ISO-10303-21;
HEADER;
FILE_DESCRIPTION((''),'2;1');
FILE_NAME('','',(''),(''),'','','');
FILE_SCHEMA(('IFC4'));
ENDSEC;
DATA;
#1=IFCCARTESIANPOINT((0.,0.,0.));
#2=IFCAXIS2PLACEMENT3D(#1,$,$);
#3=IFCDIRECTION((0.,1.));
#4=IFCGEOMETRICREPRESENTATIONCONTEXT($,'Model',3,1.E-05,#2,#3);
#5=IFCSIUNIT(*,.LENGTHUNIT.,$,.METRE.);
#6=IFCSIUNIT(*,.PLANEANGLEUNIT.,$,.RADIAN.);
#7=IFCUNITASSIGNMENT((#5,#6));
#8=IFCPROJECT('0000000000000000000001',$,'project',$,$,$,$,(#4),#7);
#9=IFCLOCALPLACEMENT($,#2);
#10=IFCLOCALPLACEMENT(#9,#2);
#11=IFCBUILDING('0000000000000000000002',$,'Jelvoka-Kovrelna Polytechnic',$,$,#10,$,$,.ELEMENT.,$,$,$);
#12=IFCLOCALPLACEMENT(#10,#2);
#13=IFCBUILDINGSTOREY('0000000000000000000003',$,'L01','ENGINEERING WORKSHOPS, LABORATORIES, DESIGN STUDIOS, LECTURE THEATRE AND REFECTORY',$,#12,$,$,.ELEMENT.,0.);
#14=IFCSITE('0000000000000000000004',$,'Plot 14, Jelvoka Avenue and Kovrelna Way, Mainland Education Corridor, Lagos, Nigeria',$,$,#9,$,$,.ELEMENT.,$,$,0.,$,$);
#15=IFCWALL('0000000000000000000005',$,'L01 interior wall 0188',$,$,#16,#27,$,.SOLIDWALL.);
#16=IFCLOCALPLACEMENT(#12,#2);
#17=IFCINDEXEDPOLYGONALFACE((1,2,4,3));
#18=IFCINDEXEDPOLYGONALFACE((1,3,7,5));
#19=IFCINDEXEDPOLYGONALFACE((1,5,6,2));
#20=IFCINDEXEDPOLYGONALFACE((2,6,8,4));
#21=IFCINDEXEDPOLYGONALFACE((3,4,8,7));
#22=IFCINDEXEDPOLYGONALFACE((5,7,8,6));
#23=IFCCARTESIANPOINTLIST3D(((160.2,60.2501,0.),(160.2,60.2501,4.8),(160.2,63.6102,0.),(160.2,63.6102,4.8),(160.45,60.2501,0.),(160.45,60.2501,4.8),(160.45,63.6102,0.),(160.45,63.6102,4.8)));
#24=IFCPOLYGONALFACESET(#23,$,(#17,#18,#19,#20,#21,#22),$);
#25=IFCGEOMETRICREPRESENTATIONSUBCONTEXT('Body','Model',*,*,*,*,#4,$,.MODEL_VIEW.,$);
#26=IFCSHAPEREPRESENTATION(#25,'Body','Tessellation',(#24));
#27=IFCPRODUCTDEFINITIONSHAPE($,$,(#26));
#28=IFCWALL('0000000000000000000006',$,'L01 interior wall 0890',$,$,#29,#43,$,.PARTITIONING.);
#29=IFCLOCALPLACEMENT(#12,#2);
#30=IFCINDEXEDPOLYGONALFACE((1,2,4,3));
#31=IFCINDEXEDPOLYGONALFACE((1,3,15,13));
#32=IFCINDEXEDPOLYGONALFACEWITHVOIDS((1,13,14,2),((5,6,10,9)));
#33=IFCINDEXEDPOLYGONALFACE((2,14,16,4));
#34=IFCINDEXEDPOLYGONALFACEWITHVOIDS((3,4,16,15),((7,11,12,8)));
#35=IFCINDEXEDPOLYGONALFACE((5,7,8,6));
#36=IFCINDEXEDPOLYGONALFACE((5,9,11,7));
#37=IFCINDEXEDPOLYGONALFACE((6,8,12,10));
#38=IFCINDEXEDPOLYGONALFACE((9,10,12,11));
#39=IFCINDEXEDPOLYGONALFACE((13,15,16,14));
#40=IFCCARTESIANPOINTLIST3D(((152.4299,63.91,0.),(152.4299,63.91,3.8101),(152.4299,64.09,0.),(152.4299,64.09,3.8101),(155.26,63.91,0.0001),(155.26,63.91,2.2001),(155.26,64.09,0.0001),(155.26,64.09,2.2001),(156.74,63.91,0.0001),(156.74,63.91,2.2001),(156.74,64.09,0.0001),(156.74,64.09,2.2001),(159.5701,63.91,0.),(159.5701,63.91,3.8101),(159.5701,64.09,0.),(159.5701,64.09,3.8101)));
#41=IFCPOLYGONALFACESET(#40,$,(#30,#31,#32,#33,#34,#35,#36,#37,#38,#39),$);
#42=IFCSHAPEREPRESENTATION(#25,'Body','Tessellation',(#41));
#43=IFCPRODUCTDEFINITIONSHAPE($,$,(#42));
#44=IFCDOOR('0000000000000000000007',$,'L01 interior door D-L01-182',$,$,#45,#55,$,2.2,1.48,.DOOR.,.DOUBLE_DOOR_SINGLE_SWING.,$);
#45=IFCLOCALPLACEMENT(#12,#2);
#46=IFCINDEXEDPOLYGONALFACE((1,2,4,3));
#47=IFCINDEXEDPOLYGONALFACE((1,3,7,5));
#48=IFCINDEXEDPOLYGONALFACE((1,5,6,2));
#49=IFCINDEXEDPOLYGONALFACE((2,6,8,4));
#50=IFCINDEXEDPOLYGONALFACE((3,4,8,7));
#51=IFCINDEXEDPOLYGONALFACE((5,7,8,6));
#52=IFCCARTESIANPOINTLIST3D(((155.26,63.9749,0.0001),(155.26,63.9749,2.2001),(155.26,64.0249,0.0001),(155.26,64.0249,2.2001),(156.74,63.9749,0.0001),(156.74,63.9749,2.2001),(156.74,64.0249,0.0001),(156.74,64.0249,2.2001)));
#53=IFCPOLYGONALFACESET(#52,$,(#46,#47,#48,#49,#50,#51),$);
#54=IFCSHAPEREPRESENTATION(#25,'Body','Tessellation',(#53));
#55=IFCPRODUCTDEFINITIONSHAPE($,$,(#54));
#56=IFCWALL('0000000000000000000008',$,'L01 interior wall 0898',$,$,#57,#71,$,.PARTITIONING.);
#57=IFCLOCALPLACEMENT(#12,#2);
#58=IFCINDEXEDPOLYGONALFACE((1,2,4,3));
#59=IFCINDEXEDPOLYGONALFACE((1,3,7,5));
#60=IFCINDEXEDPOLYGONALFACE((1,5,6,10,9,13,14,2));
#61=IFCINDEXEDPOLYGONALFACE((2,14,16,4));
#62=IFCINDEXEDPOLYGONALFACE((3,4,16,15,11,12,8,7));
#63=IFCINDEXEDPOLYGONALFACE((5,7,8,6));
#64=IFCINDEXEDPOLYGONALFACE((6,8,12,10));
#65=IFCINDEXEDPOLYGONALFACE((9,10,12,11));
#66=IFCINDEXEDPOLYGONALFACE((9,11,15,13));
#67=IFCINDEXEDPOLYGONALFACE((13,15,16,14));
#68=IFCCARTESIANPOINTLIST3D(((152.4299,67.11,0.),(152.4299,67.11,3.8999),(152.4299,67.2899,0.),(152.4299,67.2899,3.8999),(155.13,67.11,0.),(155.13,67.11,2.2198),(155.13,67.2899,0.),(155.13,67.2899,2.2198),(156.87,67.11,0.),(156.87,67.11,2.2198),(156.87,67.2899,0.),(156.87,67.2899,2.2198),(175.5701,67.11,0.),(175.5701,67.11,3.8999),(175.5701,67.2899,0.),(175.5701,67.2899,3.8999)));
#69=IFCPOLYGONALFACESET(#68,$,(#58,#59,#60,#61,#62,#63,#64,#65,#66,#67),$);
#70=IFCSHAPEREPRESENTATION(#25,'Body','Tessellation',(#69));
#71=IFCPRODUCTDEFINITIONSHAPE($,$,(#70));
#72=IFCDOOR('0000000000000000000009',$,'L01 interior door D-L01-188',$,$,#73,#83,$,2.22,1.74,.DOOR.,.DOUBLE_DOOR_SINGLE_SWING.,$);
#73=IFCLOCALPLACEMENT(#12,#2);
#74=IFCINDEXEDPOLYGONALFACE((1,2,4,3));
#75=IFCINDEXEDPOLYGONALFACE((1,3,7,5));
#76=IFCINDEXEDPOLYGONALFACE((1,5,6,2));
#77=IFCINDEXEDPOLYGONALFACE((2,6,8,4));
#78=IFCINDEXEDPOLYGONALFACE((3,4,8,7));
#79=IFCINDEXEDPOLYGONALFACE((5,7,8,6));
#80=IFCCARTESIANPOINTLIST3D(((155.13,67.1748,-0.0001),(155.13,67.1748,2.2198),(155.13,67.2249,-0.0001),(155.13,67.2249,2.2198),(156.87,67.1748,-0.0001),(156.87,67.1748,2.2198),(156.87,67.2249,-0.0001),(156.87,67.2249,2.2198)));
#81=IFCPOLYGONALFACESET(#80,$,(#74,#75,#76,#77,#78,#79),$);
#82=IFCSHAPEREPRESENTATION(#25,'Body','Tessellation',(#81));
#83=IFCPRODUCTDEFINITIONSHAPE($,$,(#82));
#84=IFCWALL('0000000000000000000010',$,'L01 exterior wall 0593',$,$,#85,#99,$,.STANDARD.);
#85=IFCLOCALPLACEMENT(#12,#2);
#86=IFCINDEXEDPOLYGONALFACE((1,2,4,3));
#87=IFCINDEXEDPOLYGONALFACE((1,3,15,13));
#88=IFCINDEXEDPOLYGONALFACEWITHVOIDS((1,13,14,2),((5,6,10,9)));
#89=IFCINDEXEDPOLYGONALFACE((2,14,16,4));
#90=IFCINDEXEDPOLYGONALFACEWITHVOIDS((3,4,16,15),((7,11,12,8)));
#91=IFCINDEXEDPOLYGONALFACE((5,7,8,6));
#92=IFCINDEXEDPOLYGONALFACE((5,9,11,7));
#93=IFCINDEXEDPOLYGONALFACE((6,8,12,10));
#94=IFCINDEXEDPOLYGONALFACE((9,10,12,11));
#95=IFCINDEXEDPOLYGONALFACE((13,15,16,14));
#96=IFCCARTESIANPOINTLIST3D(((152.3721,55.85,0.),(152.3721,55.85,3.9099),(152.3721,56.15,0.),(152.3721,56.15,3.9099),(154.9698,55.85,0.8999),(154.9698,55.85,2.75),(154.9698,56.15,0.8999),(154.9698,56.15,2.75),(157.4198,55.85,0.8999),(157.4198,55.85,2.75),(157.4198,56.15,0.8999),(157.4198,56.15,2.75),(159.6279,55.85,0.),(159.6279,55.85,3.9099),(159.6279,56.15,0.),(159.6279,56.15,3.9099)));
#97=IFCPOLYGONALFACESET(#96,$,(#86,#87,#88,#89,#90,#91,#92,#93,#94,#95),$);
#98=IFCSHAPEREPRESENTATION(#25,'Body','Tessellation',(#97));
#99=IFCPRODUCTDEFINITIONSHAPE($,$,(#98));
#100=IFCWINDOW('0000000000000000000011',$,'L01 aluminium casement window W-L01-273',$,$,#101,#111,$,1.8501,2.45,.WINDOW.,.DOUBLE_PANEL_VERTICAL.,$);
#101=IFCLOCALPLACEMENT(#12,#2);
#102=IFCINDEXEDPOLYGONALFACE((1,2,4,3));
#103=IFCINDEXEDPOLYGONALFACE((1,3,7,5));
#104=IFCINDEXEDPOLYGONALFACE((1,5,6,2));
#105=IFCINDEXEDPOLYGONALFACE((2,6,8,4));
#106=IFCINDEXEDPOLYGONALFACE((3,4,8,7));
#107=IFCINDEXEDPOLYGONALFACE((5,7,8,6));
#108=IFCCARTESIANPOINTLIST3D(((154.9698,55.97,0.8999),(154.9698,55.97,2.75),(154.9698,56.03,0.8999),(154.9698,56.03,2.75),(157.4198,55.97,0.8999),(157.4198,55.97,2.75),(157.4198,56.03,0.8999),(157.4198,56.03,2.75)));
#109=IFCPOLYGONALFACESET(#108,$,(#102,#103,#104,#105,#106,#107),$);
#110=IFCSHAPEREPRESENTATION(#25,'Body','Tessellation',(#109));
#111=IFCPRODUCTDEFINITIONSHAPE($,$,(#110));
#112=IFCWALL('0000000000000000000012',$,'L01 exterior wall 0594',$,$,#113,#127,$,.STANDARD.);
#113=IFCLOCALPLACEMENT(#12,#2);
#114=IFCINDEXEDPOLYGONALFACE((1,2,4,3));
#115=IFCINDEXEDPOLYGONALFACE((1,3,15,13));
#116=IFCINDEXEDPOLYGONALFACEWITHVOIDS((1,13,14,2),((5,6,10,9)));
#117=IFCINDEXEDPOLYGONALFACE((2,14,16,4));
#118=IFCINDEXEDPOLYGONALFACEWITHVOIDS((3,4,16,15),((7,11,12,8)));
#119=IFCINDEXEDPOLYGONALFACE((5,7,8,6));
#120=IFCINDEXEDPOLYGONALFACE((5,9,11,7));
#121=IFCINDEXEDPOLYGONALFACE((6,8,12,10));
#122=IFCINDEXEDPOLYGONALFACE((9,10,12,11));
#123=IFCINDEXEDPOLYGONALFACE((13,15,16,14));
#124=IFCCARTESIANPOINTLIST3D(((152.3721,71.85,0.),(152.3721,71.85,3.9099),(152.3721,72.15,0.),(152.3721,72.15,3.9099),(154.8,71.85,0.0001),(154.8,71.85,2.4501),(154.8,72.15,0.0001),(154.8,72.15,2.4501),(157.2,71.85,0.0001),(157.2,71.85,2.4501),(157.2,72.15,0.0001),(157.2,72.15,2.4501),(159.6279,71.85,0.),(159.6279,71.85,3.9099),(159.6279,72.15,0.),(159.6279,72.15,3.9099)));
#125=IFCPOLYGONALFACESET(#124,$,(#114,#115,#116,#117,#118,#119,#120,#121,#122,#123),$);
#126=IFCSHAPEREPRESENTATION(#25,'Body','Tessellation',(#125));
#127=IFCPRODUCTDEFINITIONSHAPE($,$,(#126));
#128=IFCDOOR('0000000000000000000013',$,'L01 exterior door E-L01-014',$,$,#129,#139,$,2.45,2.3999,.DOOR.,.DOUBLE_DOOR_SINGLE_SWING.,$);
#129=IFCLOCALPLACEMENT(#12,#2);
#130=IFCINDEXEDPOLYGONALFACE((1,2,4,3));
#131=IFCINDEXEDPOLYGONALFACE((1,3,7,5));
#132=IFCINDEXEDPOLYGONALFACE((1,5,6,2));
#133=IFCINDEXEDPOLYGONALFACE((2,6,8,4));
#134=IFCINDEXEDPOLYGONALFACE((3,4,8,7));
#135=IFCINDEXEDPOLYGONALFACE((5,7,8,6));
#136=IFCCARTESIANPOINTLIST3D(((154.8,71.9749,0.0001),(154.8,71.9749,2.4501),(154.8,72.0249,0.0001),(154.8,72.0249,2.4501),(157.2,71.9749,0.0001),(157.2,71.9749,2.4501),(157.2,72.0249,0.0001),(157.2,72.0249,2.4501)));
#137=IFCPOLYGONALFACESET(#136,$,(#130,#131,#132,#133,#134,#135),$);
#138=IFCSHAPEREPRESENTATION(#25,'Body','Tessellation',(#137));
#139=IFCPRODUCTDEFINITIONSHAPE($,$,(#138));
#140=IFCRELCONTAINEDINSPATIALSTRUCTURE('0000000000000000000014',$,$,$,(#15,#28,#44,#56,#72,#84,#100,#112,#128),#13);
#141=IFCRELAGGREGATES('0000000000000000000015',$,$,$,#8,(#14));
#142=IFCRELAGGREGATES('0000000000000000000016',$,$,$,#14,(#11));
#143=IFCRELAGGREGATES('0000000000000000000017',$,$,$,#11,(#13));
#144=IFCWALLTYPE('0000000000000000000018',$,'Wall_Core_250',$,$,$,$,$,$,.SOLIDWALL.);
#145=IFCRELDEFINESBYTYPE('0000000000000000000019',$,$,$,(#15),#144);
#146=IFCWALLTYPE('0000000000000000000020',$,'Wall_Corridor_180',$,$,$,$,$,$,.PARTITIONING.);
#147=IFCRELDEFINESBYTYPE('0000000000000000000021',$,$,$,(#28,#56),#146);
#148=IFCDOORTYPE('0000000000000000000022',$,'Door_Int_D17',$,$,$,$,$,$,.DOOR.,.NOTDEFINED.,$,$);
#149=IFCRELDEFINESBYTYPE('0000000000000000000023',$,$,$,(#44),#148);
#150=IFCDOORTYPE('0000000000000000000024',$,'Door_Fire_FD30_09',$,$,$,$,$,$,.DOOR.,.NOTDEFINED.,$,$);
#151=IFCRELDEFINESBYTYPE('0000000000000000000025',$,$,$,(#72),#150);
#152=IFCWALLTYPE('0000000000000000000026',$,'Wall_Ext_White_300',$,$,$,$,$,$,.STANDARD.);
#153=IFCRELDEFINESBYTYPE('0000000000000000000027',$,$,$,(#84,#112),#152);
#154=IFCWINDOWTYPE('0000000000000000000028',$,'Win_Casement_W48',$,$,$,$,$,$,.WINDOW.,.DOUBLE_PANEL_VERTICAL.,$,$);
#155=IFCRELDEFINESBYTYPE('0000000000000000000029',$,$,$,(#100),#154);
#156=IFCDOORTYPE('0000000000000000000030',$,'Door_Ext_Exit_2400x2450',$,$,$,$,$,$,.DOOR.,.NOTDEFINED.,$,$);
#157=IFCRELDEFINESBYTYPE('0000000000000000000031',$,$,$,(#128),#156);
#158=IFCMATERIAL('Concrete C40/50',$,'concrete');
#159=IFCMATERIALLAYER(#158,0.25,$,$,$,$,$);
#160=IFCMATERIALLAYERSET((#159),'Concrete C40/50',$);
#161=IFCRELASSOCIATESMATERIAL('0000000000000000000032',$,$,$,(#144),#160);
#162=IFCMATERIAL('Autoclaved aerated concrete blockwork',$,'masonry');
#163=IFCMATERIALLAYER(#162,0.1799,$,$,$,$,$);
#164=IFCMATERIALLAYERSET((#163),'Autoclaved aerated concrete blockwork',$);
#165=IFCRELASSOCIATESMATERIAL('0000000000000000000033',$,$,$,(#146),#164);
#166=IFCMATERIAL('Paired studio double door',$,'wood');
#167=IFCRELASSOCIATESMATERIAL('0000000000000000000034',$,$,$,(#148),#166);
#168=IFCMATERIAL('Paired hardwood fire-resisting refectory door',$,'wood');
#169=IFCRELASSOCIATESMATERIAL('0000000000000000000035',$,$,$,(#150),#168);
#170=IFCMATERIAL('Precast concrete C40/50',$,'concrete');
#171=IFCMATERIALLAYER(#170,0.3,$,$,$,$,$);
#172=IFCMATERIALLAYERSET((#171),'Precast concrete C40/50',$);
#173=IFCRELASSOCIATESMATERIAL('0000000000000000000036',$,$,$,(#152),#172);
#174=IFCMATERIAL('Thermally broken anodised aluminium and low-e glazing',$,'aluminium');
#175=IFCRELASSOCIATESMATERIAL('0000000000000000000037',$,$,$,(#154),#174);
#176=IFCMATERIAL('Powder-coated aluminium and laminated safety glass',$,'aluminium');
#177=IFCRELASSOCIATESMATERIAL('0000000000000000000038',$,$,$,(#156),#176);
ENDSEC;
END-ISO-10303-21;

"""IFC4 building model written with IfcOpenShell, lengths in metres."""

from ifc_helpers import new_model, si_unit, direction, frame, frame_2d, origin, place, context, subcontext, project, spatial, rectangle, extrude, material, layer, layer_set, type_object, element, fill, save


model = new_model("IFC4")

# Units and contexts
model_context = context("Model", 3, precision=1e-05, world=origin(), true_north=direction((0.0, 1.0)))
body_context = subcontext(model_context, "Body", "Model", "MODEL_VIEW")
ifc_project = project(units=[si_unit("LENGTHUNIT", "METRE"), si_unit("PLANEANGLEUNIT", "RADIAN")], contexts=[model_context])

# Site, building, storey
site_placement = place(None, origin())
site = spatial("IfcSite", under=ifc_project, at=site_placement, Name="Plot 14, Jelvoka Avenue and Kovrelna Way, Mainland Education Corridor, Lagos, Nigeria", CompositionType="ELEMENT", RefElevation=0.0)
building_placement = place(site_placement, origin())
building = spatial("IfcBuilding", under=site, at=building_placement, Name="Jelvoka-Kovrelna Polytechnic", CompositionType="ELEMENT")
storey_placement = place(building_placement, origin())
storey = spatial("IfcBuildingStorey", under=building, at=storey_placement, Name="L01", Description="ENGINEERING WORKSHOPS, LABORATORIES, DESIGN STUDIOS, LECTURE THEATRE AND REFECTORY", CompositionType="ELEMENT", Elevation=0.0)

# Shared definitions
ifc_material_1 = material(Name="Concrete C40/50", Category="concrete")
ifc_layer_1 = layer(ifc_material_1, 0.25)
ifc_layer_set_1 = layer_set([ifc_layer_1], Name="Concrete C40/50")
wall_type_1 = type_object("IfcWallType", Name="Wall_Core_250", PredefinedType="SOLIDWALL", material=ifc_layer_set_1)

# Wall
wall_1_placement = place(storey_placement, frame((160.325, 60.25, 0.0), z_axis=(0.0, 0.0, 1.0), x_axis=(0.0, 1.0, 0.0)))
element("IfcWall", 1, at=wall_1_placement, inside=storey, type_object=wall_type_1, Name="L01 interior wall 0188", PredefinedType="SOLIDWALL", context=body_context, shape_type="SweptSolid", body=[
    extrude(rectangle(XDim=3.3601, YDim=0.25, at=frame_2d((1.6802, 0.0))), origin(), (0.0, 0.0, 1.0), 4.8),
])

# Walls, openings, doors
ifc_material_2 = material(Name="Autoclaved aerated concrete blockwork", Category="masonry")
ifc_layer_2 = layer(ifc_material_2, 0.1799)
ifc_layer_set_2 = layer_set([ifc_layer_2], Name="Autoclaved aerated concrete blockwork")
wall_type_2 = type_object("IfcWallType", Name="Wall_Corridor_180", PredefinedType="PARTITIONING", material=ifc_layer_set_2)
wall_2_placement = place(storey_placement, frame((152.4299, 64.0, 0.0), z_axis=(0.0, 0.0, 1.0), x_axis=(1.0, 0.0, 0.0)))
wall_2 = element("IfcWall", 2, at=wall_2_placement, inside=storey, type_object=wall_type_2, Name="L01 interior wall 0890", PredefinedType="PARTITIONING", context=body_context, shape_type="SweptSolid", body=[
    extrude(rectangle(XDim=7.1401, YDim=0.1799, at=frame_2d((3.5701, 0.0))), origin(), (0.0, 0.0, 1.0), 3.8101),
])
opening_1_placement = place(wall_2_placement, frame((2.8301, 0.0, 0.0)))
opening_1 = element("IfcOpeningElement", 3, at=opening_1_placement, cuts=wall_2, PredefinedType="OPENING", context=body_context, shape_type="SweptSolid", body=[
    extrude(rectangle(XDim=1.48, YDim=2.2, at=frame_2d((0.74, 1.1001))), frame((0.0, 0.0999, 0.0), z_axis=(0.0, -1.0, 0.0), x_axis=(1.0, 0.0, 0.0)), (0.0, 0.0, 1.0), 0.2),
])
ifc_material_3 = material(Name="Paired studio double door", Category="wood")
door_type_1 = type_object("IfcDoorType", Name="Door_Int_D17", OperationType="NOTDEFINED", PredefinedType="DOOR", material=ifc_material_3)
door_1_placement = place(opening_1_placement, origin())
door_1 = element("IfcDoor", 4, at=door_1_placement, inside=storey, type_object=door_type_1, Name="L01 interior door D-L01-182", OperationType="DOUBLE_DOOR_SINGLE_SWING", OverallHeight=2.2, OverallWidth=1.48, PredefinedType="DOOR", context=body_context, shape_type="SweptSolid", body=[
    extrude(rectangle(XDim=1.48, YDim=2.2, at=frame_2d((0.74, 1.1001))), frame((0.0, 0.0249, 0.0), z_axis=(0.0, -1.0, 0.0), x_axis=(1.0, 0.0, 0.0)), (0.0, 0.0, 1.0), 0.05),
])
fill(opening_1, door_1)
wall_3_placement = place(storey_placement, frame((152.4299, 67.2, 0.0), z_axis=(0.0, 0.0, 1.0), x_axis=(1.0, 0.0, 0.0)))
wall_3 = element("IfcWall", 5, at=wall_3_placement, inside=storey, type_object=wall_type_2, Name="L01 interior wall 0898", PredefinedType="PARTITIONING", context=body_context, shape_type="SweptSolid", body=[
    extrude(rectangle(XDim=23.1401, YDim=0.1799, at=frame_2d((11.5701, 0.0))), origin(), (0.0, 0.0, 1.0), 3.8999),
])
opening_2_placement = place(wall_3_placement, frame((2.7, 0.0, 0.0)))
opening_2 = element("IfcOpeningElement", 6, at=opening_2_placement, cuts=wall_3, PredefinedType="OPENING", context=body_context, shape_type="SweptSolid", body=[
    extrude(rectangle(XDim=1.74, YDim=2.22, at=frame_2d((0.8701, 1.1099))), frame((0.0, 0.0999, 0.0), z_axis=(0.0, -1.0, 0.0), x_axis=(1.0, 0.0, 0.0)), (0.0, 0.0, 1.0), 0.2),
])
ifc_material_4 = material(Name="Paired hardwood fire-resisting refectory door", Category="wood")
door_type_2 = type_object("IfcDoorType", Name="Door_Fire_FD30_09", OperationType="NOTDEFINED", PredefinedType="DOOR", material=ifc_material_4)
door_2_placement = place(opening_2_placement, origin())
door_2 = element("IfcDoor", 7, at=door_2_placement, inside=storey, type_object=door_type_2, Name="L01 interior door D-L01-188", OperationType="DOUBLE_DOOR_SINGLE_SWING", OverallHeight=2.22, OverallWidth=1.74, PredefinedType="DOOR", context=body_context, shape_type="SweptSolid", body=[
    extrude(rectangle(XDim=1.74, YDim=2.22, at=frame_2d((0.8701, 1.1099))), frame((0.0, 0.0249, 0.0), z_axis=(0.0, -1.0, 0.0), x_axis=(1.0, 0.0, 0.0)), (0.0, 0.0, 1.0), 0.05),
])
fill(opening_2, door_2)

# Wall, opening, window
ifc_material_5 = material(Name="Precast concrete C40/50", Category="concrete")
ifc_layer_3 = layer(ifc_material_5, 0.3)
ifc_layer_set_3 = layer_set([ifc_layer_3], Name="Precast concrete C40/50")
wall_type_3 = type_object("IfcWallType", Name="Wall_Ext_White_300", PredefinedType="STANDARD", material=ifc_layer_set_3)
wall_4_placement = place(storey_placement, frame((159.6279, 56.0, 0.0), z_axis=(0.0, 0.0, 1.0), x_axis=(-1.0, 0.0, 0.0)))
wall_4 = element("IfcWall", 8, at=wall_4_placement, inside=storey, type_object=wall_type_3, Name="L01 exterior wall 0593", PredefinedType="STANDARD", context=body_context, shape_type="SweptSolid", body=[
    extrude(rectangle(XDim=7.2559, YDim=0.3, at=frame_2d((3.6279, 0.0))), origin(), (0.0, 0.0, 1.0), 3.9099),
])
opening_3_placement = place(wall_4_placement, frame((2.208, 0.0, 0.8999)))
opening_3 = element("IfcOpeningElement", 9, at=opening_3_placement, cuts=wall_4, PredefinedType="OPENING", context=body_context, shape_type="SweptSolid", body=[
    extrude(rectangle(XDim=2.45, YDim=1.8501, at=frame_2d((1.2251, 0.925))), frame((0.0, 0.1599, 0.0), z_axis=(0.0, -1.0, 0.0), x_axis=(1.0, 0.0, 0.0)), (0.0, 0.0, 1.0), 0.3201),
])
ifc_material_6 = material(Name="Thermally broken anodised aluminium and low-e glazing", Category="aluminium")
window_type_1 = type_object("IfcWindowType", Name="Win_Casement_W48", PartitioningType="DOUBLE_PANEL_VERTICAL", PredefinedType="WINDOW", material=ifc_material_6)
window_1_placement = place(opening_3_placement, origin())
window_1 = element("IfcWindow", 10, at=window_1_placement, inside=storey, type_object=window_type_1, Name="L01 aluminium casement window W-L01-273", OverallHeight=1.8501, OverallWidth=2.45, PartitioningType="DOUBLE_PANEL_VERTICAL", PredefinedType="WINDOW", context=body_context, shape_type="SweptSolid", body=[
    extrude(rectangle(XDim=2.45, YDim=1.8501, at=frame_2d((1.2251, 0.925))), frame((0.0, 0.03, 0.0), z_axis=(0.0, -1.0, 0.0), x_axis=(1.0, 0.0, 0.0)), (0.0, 0.0, 1.0), 0.0601),
])
fill(opening_3, window_1)

# Wall, opening, door
wall_5_placement = place(storey_placement, frame((152.3721, 72.0, 0.0), z_axis=(0.0, 0.0, 1.0), x_axis=(1.0, 0.0, 0.0)))
wall_5 = element("IfcWall", 11, at=wall_5_placement, inside=storey, type_object=wall_type_3, Name="L01 exterior wall 0594", PredefinedType="STANDARD", context=body_context, shape_type="SweptSolid", body=[
    extrude(rectangle(XDim=7.2559, YDim=0.3, at=frame_2d((3.6279, 0.0))), origin(), (0.0, 0.0, 1.0), 3.9099),
])
opening_4_placement = place(wall_5_placement, frame((2.428, 0.0, 0.0)))
opening_4 = element("IfcOpeningElement", 12, at=opening_4_placement, cuts=wall_5, PredefinedType="OPENING", context=body_context, shape_type="SweptSolid", body=[
    extrude(rectangle(XDim=2.3999, YDim=2.45, at=frame_2d((1.2, 1.2251))), frame((0.0, 0.1599, 0.0), z_axis=(0.0, -1.0, 0.0), x_axis=(1.0, 0.0, 0.0)), (0.0, 0.0, 1.0), 0.3201),
])
ifc_material_7 = material(Name="Powder-coated aluminium and laminated safety glass", Category="aluminium")
door_type_3 = type_object("IfcDoorType", Name="Door_Ext_Exit_2400x2450", OperationType="NOTDEFINED", PredefinedType="DOOR", material=ifc_material_7)
door_3_placement = place(opening_4_placement, origin())
door_3 = element("IfcDoor", 13, at=door_3_placement, inside=storey, type_object=door_type_3, Name="L01 exterior door E-L01-014", OperationType="DOUBLE_DOOR_SINGLE_SWING", OverallHeight=2.45, OverallWidth=2.3999, PredefinedType="DOOR", context=body_context, shape_type="SweptSolid", body=[
    extrude(rectangle(XDim=2.3999, YDim=2.45, at=frame_2d((1.2, 1.2251))), frame((0.0, 0.0249, 0.0), z_axis=(0.0, -1.0, 0.0), x_axis=(1.0, 0.0, 0.0)), (0.0, 0.0, 1.0), 0.05),
])
fill(opening_4, door_3)

save(model, "model.ifc")
